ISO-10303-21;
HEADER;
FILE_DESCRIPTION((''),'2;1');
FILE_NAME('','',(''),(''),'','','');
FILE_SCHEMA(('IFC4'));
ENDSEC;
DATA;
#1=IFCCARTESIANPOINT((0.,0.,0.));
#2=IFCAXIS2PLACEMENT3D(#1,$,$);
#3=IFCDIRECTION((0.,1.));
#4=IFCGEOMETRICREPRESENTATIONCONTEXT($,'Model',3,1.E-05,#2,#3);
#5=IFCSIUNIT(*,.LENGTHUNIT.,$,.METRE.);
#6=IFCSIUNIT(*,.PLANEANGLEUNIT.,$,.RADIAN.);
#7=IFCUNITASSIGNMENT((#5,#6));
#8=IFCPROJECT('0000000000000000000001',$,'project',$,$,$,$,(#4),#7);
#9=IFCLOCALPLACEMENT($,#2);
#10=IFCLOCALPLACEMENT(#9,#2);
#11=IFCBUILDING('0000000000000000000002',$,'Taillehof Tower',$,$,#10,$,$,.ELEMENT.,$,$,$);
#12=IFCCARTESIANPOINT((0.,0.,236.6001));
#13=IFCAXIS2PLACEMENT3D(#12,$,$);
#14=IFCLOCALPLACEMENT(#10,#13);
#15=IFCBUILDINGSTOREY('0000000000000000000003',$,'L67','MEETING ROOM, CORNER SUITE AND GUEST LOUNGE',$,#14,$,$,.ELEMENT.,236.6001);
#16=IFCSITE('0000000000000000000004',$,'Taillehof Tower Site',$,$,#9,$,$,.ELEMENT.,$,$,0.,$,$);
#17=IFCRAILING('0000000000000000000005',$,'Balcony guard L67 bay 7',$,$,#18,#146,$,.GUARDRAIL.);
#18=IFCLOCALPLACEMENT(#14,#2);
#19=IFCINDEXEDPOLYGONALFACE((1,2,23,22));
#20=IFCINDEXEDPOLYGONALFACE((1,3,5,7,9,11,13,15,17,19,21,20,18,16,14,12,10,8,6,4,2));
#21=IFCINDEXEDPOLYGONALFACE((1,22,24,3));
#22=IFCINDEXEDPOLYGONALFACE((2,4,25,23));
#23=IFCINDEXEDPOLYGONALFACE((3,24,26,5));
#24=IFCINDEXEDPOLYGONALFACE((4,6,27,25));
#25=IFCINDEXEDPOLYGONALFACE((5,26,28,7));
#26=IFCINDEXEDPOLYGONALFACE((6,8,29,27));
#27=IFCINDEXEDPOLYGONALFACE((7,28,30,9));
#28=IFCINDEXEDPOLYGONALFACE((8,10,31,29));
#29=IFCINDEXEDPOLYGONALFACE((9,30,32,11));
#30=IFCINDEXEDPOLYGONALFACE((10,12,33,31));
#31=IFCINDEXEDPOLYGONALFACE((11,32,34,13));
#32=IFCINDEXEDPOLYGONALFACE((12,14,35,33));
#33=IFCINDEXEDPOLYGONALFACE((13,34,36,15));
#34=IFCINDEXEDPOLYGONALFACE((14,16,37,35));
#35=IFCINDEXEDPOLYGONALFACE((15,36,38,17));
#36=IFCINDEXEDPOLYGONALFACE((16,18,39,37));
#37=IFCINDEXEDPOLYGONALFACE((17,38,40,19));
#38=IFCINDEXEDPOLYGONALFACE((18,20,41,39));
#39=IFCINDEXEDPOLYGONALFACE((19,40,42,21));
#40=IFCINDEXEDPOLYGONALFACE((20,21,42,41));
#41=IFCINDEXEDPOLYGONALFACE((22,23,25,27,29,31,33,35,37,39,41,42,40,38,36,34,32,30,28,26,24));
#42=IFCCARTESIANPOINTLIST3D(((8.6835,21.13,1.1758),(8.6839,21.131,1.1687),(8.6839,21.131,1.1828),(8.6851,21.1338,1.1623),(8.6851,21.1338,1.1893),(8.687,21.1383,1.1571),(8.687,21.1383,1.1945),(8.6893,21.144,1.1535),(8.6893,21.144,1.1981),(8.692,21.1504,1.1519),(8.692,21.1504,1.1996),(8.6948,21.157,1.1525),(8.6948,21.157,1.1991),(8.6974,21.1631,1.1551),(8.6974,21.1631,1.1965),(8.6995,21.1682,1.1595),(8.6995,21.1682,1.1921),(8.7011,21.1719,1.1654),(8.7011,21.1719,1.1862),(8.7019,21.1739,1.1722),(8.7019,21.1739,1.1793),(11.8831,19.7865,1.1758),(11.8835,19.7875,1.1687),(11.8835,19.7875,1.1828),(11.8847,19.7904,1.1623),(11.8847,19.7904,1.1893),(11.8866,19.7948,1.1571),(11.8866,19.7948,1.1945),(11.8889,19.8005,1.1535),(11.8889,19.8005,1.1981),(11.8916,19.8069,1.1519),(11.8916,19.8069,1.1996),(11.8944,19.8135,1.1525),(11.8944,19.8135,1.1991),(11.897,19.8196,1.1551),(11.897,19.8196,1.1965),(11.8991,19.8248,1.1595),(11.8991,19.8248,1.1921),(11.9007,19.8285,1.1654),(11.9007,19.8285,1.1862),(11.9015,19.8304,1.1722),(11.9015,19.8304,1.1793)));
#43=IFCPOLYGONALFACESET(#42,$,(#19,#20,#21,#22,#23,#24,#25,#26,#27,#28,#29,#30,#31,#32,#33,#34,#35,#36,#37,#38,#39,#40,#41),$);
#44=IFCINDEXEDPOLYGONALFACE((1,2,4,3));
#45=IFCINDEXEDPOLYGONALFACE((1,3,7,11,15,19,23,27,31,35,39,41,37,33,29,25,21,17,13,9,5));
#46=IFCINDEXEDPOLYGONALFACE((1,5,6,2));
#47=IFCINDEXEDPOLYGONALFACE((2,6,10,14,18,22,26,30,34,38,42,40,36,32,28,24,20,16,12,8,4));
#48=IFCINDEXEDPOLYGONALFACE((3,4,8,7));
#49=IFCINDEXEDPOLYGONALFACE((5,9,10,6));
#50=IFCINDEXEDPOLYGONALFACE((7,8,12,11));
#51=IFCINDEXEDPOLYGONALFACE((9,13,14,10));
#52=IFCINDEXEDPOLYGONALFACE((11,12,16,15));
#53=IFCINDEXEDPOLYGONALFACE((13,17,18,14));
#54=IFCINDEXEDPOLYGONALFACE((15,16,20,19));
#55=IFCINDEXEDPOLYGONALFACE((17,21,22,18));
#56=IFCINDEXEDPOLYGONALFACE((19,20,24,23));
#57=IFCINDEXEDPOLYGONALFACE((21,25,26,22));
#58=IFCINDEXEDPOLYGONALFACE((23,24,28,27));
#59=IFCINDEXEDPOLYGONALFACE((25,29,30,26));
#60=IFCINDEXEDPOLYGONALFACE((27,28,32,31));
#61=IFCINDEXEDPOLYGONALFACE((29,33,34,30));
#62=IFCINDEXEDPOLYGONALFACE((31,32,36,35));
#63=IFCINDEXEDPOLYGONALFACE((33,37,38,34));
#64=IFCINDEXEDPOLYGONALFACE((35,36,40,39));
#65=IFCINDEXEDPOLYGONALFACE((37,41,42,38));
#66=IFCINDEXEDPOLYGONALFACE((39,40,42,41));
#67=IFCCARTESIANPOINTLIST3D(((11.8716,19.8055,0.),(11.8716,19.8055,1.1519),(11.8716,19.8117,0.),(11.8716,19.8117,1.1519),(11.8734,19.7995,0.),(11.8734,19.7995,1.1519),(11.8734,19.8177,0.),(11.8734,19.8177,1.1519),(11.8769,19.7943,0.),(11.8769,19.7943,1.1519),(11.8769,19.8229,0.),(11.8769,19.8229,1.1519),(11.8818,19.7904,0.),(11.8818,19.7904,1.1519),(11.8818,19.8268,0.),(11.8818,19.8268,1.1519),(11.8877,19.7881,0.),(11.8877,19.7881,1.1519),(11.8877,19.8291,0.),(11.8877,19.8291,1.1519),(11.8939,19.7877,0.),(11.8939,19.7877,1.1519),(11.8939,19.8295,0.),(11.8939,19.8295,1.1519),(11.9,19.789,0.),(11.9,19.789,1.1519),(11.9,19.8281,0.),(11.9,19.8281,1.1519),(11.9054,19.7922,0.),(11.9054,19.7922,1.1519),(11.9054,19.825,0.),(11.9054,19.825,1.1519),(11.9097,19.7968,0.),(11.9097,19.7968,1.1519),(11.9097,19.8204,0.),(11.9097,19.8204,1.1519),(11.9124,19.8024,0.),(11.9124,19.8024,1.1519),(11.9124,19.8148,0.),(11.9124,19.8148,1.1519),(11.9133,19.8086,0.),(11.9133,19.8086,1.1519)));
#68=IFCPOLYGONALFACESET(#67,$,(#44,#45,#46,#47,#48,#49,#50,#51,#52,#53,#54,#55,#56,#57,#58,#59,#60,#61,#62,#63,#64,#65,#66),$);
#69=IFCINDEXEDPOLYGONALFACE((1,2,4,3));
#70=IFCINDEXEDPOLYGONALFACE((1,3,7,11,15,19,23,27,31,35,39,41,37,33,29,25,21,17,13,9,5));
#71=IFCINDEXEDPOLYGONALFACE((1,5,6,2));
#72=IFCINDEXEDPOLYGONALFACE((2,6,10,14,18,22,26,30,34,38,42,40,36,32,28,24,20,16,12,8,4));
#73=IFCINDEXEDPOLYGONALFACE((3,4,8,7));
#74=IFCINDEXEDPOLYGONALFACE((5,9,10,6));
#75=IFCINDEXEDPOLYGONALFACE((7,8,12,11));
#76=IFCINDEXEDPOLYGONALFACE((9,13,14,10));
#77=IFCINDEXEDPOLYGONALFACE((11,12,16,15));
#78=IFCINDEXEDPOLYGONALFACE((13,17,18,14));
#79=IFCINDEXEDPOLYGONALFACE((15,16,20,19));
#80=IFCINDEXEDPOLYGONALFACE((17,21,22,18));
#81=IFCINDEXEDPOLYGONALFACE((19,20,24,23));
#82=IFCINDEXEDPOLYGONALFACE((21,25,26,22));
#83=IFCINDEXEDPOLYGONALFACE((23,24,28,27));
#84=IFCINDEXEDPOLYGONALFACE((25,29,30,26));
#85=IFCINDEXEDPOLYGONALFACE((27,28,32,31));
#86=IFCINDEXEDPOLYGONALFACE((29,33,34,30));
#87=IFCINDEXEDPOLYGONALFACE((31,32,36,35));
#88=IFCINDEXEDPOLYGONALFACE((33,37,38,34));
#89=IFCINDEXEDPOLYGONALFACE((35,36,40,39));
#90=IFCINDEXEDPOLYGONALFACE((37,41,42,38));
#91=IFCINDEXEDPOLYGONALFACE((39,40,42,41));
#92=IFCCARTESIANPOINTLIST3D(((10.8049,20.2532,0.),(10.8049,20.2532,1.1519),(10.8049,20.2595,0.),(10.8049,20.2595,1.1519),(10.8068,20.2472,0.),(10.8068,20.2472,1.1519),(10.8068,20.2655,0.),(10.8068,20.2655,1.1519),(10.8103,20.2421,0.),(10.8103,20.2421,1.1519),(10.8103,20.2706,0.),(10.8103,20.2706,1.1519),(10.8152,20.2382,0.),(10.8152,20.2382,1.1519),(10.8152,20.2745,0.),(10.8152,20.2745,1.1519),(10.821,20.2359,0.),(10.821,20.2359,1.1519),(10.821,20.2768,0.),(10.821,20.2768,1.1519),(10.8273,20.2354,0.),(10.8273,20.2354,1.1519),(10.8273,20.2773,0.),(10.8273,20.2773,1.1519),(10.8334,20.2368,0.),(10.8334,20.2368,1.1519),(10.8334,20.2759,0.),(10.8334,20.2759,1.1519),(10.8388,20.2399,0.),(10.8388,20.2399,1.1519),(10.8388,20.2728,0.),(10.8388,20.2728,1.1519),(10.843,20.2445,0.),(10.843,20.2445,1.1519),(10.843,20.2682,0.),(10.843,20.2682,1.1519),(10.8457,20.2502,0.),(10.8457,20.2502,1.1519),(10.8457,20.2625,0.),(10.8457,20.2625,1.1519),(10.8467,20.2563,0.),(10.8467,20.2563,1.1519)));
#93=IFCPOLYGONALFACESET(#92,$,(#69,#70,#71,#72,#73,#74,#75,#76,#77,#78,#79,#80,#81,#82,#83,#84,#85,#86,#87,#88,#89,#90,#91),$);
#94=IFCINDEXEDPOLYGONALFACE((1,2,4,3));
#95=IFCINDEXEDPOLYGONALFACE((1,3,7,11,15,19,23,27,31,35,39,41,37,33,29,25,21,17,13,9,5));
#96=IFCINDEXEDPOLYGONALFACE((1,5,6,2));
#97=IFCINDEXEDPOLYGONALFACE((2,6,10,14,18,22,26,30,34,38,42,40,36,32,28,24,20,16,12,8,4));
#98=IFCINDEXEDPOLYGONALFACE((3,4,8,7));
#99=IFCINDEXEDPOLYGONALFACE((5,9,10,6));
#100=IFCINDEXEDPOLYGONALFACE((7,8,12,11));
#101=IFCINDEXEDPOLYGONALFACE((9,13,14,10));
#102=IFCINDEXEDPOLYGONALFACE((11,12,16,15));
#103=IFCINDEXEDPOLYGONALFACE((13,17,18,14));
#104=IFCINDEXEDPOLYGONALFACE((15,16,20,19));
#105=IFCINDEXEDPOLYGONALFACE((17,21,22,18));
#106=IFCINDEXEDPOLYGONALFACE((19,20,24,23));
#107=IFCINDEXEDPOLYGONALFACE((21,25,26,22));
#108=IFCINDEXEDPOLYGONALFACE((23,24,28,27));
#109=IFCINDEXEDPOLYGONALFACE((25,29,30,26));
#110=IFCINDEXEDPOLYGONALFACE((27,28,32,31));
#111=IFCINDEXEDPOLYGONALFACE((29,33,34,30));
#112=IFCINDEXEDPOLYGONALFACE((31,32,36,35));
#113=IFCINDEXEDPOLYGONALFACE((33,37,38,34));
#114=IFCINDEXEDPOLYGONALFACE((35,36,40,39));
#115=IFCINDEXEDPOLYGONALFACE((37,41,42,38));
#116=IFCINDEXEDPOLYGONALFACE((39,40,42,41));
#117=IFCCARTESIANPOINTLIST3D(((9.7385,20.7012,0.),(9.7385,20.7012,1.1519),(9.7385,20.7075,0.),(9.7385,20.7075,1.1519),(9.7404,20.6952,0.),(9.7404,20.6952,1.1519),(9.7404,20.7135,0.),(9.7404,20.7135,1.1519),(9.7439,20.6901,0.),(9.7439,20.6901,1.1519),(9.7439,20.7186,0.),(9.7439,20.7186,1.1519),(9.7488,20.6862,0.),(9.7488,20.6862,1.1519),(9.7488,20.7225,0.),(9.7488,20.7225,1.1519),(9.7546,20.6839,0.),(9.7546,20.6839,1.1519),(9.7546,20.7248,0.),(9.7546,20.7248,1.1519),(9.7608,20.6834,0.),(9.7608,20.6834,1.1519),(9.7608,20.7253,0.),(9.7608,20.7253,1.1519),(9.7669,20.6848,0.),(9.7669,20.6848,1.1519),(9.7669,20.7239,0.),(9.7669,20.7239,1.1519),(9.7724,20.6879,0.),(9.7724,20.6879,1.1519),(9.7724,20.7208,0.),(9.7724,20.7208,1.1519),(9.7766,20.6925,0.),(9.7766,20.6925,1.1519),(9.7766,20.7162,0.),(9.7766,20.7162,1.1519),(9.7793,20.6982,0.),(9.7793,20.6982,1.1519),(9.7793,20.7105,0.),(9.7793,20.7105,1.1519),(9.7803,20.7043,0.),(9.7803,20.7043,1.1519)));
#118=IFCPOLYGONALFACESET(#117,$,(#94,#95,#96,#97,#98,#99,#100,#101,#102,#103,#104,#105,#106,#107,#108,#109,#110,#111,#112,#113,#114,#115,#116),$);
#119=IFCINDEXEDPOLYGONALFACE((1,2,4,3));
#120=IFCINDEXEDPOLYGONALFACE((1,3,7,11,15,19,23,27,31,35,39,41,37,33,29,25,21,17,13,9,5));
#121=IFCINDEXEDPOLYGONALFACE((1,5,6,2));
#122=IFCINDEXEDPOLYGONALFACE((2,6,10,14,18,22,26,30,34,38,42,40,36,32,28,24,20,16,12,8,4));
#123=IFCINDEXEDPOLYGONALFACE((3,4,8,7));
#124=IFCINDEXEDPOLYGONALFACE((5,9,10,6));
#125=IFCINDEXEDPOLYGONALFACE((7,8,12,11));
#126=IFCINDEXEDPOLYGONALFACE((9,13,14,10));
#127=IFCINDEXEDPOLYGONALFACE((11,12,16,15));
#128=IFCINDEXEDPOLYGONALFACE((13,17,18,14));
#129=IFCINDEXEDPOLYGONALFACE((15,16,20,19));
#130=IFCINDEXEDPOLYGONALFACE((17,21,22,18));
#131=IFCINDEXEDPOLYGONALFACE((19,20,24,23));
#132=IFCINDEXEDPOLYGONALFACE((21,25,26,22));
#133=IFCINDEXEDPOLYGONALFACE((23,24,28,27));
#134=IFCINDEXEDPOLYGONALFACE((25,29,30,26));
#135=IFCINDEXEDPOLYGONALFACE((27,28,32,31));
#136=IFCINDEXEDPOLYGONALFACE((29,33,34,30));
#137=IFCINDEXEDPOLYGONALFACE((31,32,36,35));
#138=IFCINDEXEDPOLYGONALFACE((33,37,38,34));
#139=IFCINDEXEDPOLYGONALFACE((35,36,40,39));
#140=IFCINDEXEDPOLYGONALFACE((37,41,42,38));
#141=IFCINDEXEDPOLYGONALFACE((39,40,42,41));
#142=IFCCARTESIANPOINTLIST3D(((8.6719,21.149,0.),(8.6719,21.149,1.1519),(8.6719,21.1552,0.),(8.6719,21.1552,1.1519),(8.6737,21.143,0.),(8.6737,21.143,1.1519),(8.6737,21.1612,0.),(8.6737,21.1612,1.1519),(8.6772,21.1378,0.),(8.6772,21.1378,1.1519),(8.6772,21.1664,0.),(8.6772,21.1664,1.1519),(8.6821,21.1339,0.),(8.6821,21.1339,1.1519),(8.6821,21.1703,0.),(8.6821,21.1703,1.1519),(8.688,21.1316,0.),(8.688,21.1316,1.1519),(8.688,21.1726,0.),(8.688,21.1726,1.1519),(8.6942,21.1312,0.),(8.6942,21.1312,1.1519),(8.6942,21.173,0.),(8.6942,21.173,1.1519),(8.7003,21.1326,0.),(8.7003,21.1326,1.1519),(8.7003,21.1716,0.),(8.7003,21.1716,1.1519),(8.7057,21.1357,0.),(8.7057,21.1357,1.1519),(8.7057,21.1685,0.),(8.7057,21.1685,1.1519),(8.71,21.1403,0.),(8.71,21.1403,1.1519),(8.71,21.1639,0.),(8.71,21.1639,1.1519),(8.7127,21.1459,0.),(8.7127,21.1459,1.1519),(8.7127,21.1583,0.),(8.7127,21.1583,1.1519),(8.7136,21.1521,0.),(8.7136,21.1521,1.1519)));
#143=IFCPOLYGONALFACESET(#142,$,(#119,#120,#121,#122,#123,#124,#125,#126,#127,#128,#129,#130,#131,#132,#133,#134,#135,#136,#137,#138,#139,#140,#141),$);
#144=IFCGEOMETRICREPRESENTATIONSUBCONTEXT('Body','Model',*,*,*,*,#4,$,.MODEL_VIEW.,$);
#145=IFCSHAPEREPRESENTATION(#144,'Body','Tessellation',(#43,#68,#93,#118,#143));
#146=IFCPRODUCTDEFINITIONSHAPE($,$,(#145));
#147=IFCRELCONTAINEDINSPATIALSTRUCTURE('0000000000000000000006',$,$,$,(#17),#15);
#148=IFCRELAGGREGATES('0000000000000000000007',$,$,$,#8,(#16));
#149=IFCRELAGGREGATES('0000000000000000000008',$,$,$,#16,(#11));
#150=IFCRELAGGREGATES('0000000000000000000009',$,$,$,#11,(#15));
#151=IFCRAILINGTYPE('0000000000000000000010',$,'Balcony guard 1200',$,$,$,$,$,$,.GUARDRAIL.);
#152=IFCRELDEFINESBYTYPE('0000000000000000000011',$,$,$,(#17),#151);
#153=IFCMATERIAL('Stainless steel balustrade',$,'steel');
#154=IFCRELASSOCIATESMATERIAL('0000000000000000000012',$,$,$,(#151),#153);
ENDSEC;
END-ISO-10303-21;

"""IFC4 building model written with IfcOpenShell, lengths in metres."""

from ifc_helpers import new_model, si_unit, direction, frame, origin, origin_2d, place, context, subcontext, project, spatial, circle, extrude, material, type_object, element, save


model = new_model("IFC4")

# Units and contexts
model_context = context("Model", 3, precision=1e-05, world=origin(), true_north=direction((0.0, 1.0)))
body_context = subcontext(model_context, "Body", "Model", "MODEL_VIEW")
ifc_project = project(units=[si_unit("LENGTHUNIT", "METRE"), si_unit("PLANEANGLEUNIT", "RADIAN")], contexts=[model_context])

# Site, building, storey
site_placement = place(None, origin())
site = spatial("IfcSite", under=ifc_project, at=site_placement, Name="Taillehof Tower Site", CompositionType="ELEMENT", RefElevation=0.0)
building_placement = place(site_placement, origin())
building = spatial("IfcBuilding", under=site, at=building_placement, Name="Taillehof Tower", CompositionType="ELEMENT")
storey_placement = place(building_placement, frame((0.0, 0.0, 236.6001)))
storey = spatial("IfcBuildingStorey", under=building, at=storey_placement, Name="L67", Description="MEETING ROOM, CORNER SUITE AND GUEST LOUNGE", CompositionType="ELEMENT", Elevation=236.6001)

# Railing
ifc_material_1 = material(Name="Stainless steel balustrade", Category="steel")
railing_type = type_object("IfcRailingType", Name="Balcony guard 1200", PredefinedType="GUARDRAIL", material=ifc_material_1)
railing_1_placement = place(storey_placement, frame((11.8923, 19.8086, 0.0)))
element("IfcRailing", 1, at=railing_1_placement, inside=storey, type_object=railing_type, Name="Balcony guard L67 bay 7", PredefinedType="GUARDRAIL", context=body_context, shape_type="SweptSolid", body=[
    extrude(circle(Radius=0.0239, at=origin_2d()), frame((0.0, 0.0, 1.1758), z_axis=(-0.92202, 0.387142, 0.0), x_axis=(-0.387142, -0.92202, 0.0)), (0.0, 0.0, 1.0), 3.4702),
    extrude(circle(Radius=0.021, at=origin_2d()), origin(), (0.0, 0.0, 1.0), 1.1519),
    extrude(circle(Radius=0.021, at=origin_2d()), frame((-1.0667, 0.4478, 0.0)), (0.0, 0.0, 1.0), 1.1519),
    extrude(circle(Radius=0.021, at=origin_2d()), frame((-2.1331, 0.8958, 0.0)), (0.0, 0.0, 1.0), 1.1519),
    extrude(circle(Radius=0.021, at=origin_2d()), frame((-3.1997, 1.3435, 0.0)), (0.0, 0.0, 1.0), 1.1519),
])

save(model, "model.ifc")
